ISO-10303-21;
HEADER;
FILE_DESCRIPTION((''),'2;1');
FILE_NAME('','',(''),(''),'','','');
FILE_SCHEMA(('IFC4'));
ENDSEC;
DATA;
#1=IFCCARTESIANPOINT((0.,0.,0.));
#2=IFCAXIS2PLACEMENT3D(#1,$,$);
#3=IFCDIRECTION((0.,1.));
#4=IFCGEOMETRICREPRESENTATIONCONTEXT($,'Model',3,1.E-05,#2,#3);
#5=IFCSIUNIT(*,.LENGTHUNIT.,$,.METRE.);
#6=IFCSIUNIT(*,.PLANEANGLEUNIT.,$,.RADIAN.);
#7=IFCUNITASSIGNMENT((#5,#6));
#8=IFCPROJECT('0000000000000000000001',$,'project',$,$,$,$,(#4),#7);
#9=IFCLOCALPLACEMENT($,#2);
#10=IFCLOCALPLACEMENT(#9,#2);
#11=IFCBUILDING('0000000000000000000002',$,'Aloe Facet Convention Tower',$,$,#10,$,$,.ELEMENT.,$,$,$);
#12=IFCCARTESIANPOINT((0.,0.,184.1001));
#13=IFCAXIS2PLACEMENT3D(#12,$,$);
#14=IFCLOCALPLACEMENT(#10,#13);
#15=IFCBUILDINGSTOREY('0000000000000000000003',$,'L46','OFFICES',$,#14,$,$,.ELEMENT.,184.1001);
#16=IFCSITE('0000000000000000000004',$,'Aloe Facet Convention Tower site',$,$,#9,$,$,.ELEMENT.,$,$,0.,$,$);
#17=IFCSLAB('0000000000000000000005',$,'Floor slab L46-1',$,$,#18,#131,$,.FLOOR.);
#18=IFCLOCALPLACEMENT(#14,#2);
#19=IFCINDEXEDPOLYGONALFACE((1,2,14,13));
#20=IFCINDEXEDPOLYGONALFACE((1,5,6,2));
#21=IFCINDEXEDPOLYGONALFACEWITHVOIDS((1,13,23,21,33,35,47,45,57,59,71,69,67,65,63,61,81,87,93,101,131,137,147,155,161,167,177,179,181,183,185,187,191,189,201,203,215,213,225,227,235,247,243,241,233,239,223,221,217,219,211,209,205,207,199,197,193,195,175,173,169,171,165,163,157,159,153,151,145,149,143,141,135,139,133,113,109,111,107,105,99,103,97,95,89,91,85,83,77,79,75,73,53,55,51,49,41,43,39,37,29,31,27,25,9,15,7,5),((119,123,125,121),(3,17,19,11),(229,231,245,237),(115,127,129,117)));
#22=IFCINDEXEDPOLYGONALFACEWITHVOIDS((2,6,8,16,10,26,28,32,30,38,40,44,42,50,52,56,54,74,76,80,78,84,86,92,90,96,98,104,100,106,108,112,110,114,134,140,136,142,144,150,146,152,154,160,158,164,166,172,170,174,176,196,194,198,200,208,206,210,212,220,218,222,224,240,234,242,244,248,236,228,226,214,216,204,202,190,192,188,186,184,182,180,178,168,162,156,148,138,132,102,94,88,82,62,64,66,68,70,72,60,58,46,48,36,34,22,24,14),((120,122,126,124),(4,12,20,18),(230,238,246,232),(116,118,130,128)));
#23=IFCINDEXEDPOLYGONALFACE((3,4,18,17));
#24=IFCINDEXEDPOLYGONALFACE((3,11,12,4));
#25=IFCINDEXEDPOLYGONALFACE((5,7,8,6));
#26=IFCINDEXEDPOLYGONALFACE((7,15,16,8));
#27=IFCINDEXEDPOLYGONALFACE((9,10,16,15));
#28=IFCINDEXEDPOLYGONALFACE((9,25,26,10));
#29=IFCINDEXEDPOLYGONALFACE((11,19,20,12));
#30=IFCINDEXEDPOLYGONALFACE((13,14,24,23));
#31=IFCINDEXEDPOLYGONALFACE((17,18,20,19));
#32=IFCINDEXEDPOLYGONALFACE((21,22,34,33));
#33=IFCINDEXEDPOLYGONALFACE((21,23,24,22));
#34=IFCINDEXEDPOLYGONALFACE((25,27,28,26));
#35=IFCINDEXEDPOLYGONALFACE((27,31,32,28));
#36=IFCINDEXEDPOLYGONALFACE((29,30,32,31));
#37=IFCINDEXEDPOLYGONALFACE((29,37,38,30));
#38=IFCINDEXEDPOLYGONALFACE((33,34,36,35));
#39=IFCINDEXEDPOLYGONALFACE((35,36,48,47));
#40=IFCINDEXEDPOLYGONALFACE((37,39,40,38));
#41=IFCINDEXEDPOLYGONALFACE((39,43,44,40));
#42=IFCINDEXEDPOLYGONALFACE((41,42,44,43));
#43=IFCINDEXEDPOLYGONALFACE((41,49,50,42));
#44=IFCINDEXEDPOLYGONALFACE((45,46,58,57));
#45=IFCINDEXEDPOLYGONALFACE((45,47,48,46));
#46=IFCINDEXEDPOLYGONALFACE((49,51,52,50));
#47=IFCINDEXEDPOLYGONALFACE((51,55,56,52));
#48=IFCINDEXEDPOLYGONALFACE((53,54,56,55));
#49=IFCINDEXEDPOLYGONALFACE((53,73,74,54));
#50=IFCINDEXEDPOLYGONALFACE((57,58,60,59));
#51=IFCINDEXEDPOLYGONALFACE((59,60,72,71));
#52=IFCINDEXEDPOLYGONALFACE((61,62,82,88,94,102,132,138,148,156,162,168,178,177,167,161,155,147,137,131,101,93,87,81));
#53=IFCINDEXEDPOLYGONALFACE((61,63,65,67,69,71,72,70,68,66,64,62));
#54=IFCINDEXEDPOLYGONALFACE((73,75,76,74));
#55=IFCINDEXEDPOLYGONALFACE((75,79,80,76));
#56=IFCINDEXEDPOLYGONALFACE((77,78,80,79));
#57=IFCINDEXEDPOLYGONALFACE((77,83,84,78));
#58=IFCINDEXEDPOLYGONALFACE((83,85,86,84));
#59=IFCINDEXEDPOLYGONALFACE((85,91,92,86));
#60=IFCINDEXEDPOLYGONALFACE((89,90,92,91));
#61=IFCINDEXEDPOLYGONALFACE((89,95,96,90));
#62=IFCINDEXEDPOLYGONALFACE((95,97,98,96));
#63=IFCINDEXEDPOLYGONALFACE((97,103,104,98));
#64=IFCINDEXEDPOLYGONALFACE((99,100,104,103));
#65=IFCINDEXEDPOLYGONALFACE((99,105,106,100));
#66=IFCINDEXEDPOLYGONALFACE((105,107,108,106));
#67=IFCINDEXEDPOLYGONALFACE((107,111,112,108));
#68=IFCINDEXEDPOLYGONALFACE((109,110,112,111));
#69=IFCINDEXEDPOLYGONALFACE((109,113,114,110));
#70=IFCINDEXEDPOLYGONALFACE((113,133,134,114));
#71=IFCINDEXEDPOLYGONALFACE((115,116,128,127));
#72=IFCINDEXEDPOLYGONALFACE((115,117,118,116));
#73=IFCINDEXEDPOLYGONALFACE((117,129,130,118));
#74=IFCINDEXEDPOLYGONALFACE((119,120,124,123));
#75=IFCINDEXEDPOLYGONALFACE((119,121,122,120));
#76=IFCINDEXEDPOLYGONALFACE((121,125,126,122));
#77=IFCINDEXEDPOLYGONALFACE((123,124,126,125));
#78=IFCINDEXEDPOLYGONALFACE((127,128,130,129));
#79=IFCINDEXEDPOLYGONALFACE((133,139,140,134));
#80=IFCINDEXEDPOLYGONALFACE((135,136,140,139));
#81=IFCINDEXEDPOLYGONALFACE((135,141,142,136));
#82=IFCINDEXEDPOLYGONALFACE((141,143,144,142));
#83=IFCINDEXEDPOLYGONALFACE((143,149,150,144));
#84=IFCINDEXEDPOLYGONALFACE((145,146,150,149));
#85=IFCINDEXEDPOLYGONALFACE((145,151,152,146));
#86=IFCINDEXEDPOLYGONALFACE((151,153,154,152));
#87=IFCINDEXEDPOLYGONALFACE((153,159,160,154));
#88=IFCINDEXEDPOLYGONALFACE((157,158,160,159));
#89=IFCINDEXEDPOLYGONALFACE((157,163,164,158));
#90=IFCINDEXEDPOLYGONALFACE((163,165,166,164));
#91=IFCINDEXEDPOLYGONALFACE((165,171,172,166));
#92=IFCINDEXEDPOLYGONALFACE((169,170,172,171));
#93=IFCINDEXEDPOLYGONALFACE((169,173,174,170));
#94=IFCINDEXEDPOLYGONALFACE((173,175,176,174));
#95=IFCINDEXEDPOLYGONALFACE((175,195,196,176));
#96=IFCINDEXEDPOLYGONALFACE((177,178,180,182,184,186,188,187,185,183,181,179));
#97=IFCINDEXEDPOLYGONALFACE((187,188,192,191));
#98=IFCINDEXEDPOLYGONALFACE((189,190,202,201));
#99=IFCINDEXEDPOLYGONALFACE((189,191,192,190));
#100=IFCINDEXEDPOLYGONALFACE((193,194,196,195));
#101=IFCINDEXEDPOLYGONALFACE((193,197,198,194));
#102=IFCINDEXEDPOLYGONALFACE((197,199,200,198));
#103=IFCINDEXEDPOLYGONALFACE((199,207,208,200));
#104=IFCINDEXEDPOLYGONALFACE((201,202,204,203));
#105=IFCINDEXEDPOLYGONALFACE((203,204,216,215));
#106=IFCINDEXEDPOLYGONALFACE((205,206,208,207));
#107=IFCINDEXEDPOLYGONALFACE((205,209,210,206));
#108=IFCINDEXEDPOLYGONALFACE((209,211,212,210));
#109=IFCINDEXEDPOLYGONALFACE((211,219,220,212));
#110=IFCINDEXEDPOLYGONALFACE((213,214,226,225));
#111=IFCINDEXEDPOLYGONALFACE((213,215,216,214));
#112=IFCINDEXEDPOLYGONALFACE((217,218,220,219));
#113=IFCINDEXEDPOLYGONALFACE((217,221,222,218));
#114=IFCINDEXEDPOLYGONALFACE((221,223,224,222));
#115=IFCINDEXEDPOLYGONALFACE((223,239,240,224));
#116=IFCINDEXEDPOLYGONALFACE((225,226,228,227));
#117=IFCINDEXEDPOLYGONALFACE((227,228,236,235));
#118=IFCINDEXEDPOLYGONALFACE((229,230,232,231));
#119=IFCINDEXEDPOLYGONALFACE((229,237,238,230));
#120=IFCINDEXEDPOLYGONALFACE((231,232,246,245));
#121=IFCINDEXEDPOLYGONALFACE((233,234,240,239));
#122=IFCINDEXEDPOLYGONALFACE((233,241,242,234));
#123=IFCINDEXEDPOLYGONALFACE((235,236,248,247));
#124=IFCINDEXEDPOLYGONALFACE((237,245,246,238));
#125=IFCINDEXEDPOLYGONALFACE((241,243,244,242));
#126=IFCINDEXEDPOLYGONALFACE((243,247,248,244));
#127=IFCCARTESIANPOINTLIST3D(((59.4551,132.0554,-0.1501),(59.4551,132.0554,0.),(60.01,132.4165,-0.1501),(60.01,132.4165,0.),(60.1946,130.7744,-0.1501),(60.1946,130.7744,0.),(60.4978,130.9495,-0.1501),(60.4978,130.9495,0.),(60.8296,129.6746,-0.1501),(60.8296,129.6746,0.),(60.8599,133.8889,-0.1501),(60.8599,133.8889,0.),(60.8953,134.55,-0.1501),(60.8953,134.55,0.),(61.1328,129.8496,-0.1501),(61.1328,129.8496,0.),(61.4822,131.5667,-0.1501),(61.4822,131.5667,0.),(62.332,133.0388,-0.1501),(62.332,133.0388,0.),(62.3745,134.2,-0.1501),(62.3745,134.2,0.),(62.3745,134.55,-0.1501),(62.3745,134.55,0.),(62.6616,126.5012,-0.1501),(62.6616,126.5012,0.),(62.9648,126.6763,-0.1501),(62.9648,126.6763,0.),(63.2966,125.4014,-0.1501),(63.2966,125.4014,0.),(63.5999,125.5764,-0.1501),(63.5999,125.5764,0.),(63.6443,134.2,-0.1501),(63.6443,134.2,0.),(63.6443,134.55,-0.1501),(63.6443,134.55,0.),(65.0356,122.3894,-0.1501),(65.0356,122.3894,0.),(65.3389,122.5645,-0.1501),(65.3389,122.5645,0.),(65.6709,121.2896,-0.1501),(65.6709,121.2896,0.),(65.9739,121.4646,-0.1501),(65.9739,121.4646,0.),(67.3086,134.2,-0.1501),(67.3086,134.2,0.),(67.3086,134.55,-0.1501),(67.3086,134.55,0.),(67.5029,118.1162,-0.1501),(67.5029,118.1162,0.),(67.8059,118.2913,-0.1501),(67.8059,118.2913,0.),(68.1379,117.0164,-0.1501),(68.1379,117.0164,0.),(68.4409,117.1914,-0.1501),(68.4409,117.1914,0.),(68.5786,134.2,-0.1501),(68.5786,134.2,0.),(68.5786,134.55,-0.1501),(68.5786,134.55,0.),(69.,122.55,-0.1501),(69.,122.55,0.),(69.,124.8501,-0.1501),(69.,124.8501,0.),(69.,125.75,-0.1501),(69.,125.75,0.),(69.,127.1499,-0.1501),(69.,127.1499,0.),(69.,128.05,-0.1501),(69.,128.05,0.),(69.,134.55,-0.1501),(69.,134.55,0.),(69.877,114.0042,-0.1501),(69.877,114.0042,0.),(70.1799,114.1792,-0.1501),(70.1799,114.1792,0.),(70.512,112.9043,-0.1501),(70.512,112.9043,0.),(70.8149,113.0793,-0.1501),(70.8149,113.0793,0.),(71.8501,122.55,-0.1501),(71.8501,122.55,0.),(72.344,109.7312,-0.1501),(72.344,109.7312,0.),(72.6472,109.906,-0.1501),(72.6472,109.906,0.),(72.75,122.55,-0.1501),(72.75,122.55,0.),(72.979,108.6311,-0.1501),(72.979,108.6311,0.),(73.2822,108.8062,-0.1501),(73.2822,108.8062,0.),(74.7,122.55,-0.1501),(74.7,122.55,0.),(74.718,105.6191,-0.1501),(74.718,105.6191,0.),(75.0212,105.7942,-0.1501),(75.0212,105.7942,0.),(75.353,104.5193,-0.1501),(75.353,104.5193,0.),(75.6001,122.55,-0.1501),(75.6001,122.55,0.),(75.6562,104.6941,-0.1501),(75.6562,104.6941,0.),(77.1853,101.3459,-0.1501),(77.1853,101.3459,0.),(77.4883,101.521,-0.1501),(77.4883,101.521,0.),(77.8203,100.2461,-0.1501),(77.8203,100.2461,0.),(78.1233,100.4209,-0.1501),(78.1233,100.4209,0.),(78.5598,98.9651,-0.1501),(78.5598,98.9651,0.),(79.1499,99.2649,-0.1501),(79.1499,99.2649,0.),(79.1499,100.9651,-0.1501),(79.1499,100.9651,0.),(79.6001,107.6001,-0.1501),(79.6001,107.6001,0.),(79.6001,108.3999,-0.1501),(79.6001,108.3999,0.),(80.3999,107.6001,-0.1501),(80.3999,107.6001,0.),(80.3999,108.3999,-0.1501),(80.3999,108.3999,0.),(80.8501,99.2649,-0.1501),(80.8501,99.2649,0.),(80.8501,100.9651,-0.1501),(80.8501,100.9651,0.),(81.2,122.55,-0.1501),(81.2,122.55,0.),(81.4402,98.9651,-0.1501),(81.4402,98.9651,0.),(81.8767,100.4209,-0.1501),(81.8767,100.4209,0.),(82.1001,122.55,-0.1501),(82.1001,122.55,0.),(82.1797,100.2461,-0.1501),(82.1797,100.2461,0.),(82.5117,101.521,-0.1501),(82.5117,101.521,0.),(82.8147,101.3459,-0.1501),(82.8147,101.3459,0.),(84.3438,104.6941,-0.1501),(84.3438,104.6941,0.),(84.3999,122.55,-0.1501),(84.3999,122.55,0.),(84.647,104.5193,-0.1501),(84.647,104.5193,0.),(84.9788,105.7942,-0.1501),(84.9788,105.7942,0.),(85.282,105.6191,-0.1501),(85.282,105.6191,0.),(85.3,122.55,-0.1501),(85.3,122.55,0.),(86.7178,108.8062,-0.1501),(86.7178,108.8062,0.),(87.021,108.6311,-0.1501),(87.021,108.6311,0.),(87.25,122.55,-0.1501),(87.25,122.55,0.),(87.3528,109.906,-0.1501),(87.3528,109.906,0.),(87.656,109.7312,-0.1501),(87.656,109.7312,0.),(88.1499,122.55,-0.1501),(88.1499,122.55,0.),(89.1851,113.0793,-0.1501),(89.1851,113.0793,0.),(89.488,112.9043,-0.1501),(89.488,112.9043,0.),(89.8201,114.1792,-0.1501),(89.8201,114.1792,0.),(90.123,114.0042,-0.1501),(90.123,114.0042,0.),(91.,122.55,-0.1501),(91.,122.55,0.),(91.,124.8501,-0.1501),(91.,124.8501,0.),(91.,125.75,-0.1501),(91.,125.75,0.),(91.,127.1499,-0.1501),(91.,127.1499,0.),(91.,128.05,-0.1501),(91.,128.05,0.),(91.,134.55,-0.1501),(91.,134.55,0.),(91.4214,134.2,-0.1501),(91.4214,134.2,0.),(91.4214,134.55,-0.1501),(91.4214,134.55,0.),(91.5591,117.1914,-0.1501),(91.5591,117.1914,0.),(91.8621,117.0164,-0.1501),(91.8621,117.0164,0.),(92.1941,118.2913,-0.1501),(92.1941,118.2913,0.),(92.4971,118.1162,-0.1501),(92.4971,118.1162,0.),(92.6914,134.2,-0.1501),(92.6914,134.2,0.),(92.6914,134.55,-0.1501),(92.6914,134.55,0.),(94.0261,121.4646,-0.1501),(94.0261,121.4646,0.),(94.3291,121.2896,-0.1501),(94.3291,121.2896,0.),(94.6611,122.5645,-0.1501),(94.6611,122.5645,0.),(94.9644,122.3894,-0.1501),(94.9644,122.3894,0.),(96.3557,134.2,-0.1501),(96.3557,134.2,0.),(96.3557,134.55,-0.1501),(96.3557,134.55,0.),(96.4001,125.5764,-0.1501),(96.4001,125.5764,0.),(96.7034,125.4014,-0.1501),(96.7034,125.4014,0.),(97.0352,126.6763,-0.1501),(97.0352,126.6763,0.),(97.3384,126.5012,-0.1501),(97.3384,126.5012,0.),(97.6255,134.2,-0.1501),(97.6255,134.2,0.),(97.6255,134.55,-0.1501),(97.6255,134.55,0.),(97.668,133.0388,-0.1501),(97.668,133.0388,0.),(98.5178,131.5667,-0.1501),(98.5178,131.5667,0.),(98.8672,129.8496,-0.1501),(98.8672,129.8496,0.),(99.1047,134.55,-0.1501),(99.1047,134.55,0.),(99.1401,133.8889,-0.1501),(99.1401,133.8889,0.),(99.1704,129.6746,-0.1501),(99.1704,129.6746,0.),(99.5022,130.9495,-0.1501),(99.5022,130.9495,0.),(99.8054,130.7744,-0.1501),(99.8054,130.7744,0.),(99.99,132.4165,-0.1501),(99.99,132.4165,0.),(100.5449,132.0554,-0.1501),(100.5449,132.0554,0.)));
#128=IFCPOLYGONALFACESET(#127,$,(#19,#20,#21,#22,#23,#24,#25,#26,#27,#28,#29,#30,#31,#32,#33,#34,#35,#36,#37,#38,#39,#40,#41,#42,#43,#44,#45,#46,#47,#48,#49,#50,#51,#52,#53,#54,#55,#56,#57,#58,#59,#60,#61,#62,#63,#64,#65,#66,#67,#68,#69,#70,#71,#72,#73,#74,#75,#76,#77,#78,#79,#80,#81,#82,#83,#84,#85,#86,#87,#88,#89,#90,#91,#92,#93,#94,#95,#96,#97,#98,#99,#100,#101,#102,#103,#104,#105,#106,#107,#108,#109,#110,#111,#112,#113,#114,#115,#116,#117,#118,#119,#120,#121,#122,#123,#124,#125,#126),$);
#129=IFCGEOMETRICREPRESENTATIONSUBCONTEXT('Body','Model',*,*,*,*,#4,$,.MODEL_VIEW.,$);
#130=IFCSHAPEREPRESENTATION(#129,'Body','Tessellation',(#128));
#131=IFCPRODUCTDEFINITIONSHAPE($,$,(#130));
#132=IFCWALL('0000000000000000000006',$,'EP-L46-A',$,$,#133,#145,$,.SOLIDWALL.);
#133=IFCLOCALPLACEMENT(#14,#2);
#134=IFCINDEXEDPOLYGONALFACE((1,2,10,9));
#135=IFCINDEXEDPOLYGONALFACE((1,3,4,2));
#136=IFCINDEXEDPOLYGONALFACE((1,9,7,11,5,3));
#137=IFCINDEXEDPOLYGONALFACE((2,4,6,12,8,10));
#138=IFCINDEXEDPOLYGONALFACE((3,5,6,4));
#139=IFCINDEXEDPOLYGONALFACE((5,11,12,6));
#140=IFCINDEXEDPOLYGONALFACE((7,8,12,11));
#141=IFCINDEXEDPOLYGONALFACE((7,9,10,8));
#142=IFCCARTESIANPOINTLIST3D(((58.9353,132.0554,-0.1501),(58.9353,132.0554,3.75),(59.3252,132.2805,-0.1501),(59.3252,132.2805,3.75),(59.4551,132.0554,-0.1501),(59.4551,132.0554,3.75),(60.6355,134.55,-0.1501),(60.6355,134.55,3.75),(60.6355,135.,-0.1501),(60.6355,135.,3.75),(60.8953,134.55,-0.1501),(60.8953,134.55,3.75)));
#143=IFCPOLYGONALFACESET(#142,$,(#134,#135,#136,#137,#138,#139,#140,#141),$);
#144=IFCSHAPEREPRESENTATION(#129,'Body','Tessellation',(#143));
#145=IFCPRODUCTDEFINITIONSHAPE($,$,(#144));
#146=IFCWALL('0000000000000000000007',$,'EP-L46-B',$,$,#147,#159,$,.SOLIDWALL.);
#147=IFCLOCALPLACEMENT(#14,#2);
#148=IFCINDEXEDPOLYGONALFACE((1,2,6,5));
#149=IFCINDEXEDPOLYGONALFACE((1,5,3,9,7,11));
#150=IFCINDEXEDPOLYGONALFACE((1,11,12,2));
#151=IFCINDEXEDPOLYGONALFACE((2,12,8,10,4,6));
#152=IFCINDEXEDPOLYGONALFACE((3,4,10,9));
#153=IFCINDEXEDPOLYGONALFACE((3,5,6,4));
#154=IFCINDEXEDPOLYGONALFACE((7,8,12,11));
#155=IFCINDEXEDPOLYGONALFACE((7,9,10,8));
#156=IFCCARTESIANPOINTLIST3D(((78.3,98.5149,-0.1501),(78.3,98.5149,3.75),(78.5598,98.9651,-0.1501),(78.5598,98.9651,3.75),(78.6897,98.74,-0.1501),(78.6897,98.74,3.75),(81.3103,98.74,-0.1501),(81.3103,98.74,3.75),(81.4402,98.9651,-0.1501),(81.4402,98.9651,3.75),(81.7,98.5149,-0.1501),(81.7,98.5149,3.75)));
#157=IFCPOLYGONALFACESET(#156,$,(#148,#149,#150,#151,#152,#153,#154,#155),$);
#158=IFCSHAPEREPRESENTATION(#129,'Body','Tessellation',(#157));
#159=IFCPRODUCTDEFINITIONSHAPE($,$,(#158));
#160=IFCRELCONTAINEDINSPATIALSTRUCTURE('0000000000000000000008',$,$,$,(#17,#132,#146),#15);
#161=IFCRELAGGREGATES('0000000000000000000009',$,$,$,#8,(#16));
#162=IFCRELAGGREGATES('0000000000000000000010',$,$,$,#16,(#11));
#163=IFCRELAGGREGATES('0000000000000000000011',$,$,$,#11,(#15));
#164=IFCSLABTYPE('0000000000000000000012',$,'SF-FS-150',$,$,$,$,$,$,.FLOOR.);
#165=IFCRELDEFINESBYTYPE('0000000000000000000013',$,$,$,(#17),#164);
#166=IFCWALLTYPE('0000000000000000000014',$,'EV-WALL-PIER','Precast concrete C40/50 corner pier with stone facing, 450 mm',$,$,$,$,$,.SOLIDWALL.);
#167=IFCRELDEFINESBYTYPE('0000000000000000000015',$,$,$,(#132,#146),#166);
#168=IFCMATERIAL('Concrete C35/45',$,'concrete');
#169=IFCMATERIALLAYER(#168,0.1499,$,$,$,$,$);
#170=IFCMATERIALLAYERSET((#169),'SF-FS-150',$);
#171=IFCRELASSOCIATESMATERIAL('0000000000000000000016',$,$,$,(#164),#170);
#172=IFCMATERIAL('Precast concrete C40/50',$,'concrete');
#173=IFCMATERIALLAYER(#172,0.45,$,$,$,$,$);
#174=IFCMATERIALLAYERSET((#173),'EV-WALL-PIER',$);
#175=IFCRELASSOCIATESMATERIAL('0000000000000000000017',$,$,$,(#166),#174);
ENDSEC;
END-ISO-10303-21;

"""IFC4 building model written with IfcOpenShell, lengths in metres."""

from ifc_helpers import new_model, si_unit, direction, frame, origin, place, context, subcontext, project, spatial, polyline, outline, extrude, material, layer, layer_set, type_object, element, save


model = new_model("IFC4")

# Units and contexts
model_context = context("Model", 3, precision=1e-05, world=origin(), true_north=direction((0.0, 1.0)))
body_context = subcontext(model_context, "Body", "Model", "MODEL_VIEW")
ifc_project = project(units=[si_unit("LENGTHUNIT", "METRE"), si_unit("PLANEANGLEUNIT", "RADIAN")], contexts=[model_context])

# Site, building, storey
site_placement = place(None, origin())
site = spatial("IfcSite", under=ifc_project, at=site_placement, Name="Aloe Facet Convention Tower site", CompositionType="ELEMENT", RefElevation=0.0)
building_placement = place(site_placement, origin())
building = spatial("IfcBuilding", under=site, at=building_placement, Name="Aloe Facet Convention Tower", CompositionType="ELEMENT")
storey_placement = place(building_placement, frame((0.0, 0.0, 184.1001)))
storey = spatial("IfcBuildingStorey", under=building, at=storey_placement, Name="L46", Description="OFFICES", CompositionType="ELEMENT", Elevation=184.1001)

# Slab
ifc_material_1 = material(Name="Concrete C35/45", Category="concrete")
ifc_layer_1 = layer(ifc_material_1, 0.1499)
ifc_layer_set_1 = layer_set([ifc_layer_1], Name="SF-FS-150")
slab_type_1 = type_object("IfcSlabType", Name="SF-FS-150", PredefinedType="FLOOR", material=ifc_layer_set_1)
slab_1_placement = place(storey_placement, frame((0.0, 0.0, -0.1501)))
element("IfcSlab", 1, at=slab_1_placement, inside=storey, type_object=slab_type_1, Name="Floor slab L46-1", PredefinedType="FLOOR", context=body_context, shape_type="SweptSolid", body=[
    extrude(outline(polyline([(100.5449, 132.0554), (99.8054, 130.7744), (99.5022, 130.9495), (98.8672, 129.8496), (99.1704, 129.6746), (97.3384, 126.5012), (97.0352, 126.6763), (96.4001, 125.5764), (96.7034, 125.4014), (94.9644, 122.3894), (94.6611, 122.5645), (94.0261, 121.4646), (94.3291, 121.2896), (92.4971, 118.1162), (92.1941, 118.2913), (91.5591, 117.1914), (91.8621, 117.0164), (90.123, 114.0042), (89.8201, 114.1792), (89.1851, 113.0793), (89.488, 112.9043), (87.656, 109.7312), (87.3528, 109.906), (86.7178, 108.8062), (87.021, 108.6311), (85.282, 105.6191), (84.9788, 105.7942), (84.3438, 104.6941), (84.647, 104.5193), (82.8147, 101.3459), (82.5117, 101.521), (81.8767, 100.4209), (82.1797, 100.2461), (81.4402, 98.9651), (78.5598, 98.9651), (77.8203, 100.2461), (78.1233, 100.4209), (77.4883, 101.521), (77.1853, 101.3459), (75.353, 104.5193), (75.6562, 104.6941), (75.0212, 105.7942), (74.718, 105.6191), (72.979, 108.6311), (73.2822, 108.8062), (72.6472, 109.906), (72.344, 109.7312), (70.512, 112.9043), (70.8149, 113.0793), (70.1799, 114.1792), (69.877, 114.0042), (68.1379, 117.0164), (68.4409, 117.1914), (67.8059, 118.2913), (67.5029, 118.1162), (65.6709, 121.2896), (65.9739, 121.4646), (65.3389, 122.5645), (65.0356, 122.3894), (63.2966, 125.4014), (63.5999, 125.5764), (62.9648, 126.6763), (62.6616, 126.5012), (60.8296, 129.6746), (61.1328, 129.8496), (60.4978, 130.9495), (60.1946, 130.7744), (59.4551, 132.0554), (60.8953, 134.55), (62.3745, 134.55), (62.3745, 134.2), (63.6443, 134.2), (63.6443, 134.55), (67.3086, 134.55), (67.3086, 134.2), (68.5786, 134.2), (68.5786, 134.55), (69.0, 134.55), (69.0, 128.05), (69.0, 127.1499), (69.0, 125.75), (69.0, 124.8501), (69.0, 122.55), (71.8501, 122.55), (72.75, 122.55), (74.7, 122.55), (75.6001, 122.55), (81.2, 122.55), (82.1001, 122.55), (84.3999, 122.55), (85.3, 122.55), (87.25, 122.55), (88.1499, 122.55), (91.0, 122.55), (91.0, 124.8501), (91.0, 125.75), (91.0, 127.1499), (91.0, 128.05), (91.0, 134.55), (91.4214, 134.55), (91.4214, 134.2), (92.6914, 134.2), (92.6914, 134.55), (96.3557, 134.55), (96.3557, 134.2), (97.6255, 134.2), (97.6255, 134.55), (99.1047, 134.55), (100.5449, 132.0554)]), holes=[polyline([(80.8501, 99.2649), (80.8501, 100.9651), (79.1499, 100.9651), (79.1499, 99.2649), (80.8501, 99.2649)]), polyline([(60.8599, 133.8889), (60.01, 132.4165), (61.4822, 131.5667), (62.332, 133.0388), (60.8599, 133.8889)]), polyline([(80.3999, 107.6001), (80.3999, 108.3999), (79.6001, 108.3999), (79.6001, 107.6001), (80.3999, 107.6001)]), polyline([(99.99, 132.4165), (99.1401, 133.8889), (97.668, 133.0388), (98.5178, 131.5667), (99.99, 132.4165)])]), origin(), (0.0, 0.0, 1.0), 0.1501),
])

# Walls
ifc_material_2 = material(Name="Precast concrete C40/50", Category="concrete")
ifc_layer_2 = layer(ifc_material_2, 0.45)
ifc_layer_set_2 = layer_set([ifc_layer_2], Name="EV-WALL-PIER")
wall_type_1 = type_object("IfcWallType", Name="EV-WALL-PIER", Description="Precast concrete C40/50 corner pier with stone facing, 450 mm", PredefinedType="SOLIDWALL", material=ifc_layer_set_2)
wall_1_placement = place(storey_placement, frame((0.0, 0.0, -0.1501)))
element("IfcWall", 2, at=wall_1_placement, inside=storey, type_object=wall_type_1, Name="EP-L46-A", PredefinedType="SOLIDWALL", context=body_context, shape_type="SweptSolid", body=[
    extrude(outline(polyline([(60.6355, 135.0), (60.6355, 134.55), (60.8953, 134.55), (59.4551, 132.0554), (59.3252, 132.2805), (58.9353, 132.0554), (60.6355, 135.0)])), origin(), (0.0, 0.0, 1.0), 3.9001),
])
wall_2_placement = place(storey_placement, frame((0.0, 0.0, -0.1501)))
element("IfcWall", 3, at=wall_2_placement, inside=storey, type_object=wall_type_1, Name="EP-L46-B", PredefinedType="SOLIDWALL", context=body_context, shape_type="SweptSolid", body=[
    extrude(outline(polyline([(78.3, 98.5149), (78.6897, 98.74), (78.5598, 98.9651), (81.4402, 98.9651), (81.3103, 98.74), (81.7, 98.5149), (78.3, 98.5149)])), origin(), (0.0, 0.0, 1.0), 3.9001),
])

save(model, "model.ifc")
